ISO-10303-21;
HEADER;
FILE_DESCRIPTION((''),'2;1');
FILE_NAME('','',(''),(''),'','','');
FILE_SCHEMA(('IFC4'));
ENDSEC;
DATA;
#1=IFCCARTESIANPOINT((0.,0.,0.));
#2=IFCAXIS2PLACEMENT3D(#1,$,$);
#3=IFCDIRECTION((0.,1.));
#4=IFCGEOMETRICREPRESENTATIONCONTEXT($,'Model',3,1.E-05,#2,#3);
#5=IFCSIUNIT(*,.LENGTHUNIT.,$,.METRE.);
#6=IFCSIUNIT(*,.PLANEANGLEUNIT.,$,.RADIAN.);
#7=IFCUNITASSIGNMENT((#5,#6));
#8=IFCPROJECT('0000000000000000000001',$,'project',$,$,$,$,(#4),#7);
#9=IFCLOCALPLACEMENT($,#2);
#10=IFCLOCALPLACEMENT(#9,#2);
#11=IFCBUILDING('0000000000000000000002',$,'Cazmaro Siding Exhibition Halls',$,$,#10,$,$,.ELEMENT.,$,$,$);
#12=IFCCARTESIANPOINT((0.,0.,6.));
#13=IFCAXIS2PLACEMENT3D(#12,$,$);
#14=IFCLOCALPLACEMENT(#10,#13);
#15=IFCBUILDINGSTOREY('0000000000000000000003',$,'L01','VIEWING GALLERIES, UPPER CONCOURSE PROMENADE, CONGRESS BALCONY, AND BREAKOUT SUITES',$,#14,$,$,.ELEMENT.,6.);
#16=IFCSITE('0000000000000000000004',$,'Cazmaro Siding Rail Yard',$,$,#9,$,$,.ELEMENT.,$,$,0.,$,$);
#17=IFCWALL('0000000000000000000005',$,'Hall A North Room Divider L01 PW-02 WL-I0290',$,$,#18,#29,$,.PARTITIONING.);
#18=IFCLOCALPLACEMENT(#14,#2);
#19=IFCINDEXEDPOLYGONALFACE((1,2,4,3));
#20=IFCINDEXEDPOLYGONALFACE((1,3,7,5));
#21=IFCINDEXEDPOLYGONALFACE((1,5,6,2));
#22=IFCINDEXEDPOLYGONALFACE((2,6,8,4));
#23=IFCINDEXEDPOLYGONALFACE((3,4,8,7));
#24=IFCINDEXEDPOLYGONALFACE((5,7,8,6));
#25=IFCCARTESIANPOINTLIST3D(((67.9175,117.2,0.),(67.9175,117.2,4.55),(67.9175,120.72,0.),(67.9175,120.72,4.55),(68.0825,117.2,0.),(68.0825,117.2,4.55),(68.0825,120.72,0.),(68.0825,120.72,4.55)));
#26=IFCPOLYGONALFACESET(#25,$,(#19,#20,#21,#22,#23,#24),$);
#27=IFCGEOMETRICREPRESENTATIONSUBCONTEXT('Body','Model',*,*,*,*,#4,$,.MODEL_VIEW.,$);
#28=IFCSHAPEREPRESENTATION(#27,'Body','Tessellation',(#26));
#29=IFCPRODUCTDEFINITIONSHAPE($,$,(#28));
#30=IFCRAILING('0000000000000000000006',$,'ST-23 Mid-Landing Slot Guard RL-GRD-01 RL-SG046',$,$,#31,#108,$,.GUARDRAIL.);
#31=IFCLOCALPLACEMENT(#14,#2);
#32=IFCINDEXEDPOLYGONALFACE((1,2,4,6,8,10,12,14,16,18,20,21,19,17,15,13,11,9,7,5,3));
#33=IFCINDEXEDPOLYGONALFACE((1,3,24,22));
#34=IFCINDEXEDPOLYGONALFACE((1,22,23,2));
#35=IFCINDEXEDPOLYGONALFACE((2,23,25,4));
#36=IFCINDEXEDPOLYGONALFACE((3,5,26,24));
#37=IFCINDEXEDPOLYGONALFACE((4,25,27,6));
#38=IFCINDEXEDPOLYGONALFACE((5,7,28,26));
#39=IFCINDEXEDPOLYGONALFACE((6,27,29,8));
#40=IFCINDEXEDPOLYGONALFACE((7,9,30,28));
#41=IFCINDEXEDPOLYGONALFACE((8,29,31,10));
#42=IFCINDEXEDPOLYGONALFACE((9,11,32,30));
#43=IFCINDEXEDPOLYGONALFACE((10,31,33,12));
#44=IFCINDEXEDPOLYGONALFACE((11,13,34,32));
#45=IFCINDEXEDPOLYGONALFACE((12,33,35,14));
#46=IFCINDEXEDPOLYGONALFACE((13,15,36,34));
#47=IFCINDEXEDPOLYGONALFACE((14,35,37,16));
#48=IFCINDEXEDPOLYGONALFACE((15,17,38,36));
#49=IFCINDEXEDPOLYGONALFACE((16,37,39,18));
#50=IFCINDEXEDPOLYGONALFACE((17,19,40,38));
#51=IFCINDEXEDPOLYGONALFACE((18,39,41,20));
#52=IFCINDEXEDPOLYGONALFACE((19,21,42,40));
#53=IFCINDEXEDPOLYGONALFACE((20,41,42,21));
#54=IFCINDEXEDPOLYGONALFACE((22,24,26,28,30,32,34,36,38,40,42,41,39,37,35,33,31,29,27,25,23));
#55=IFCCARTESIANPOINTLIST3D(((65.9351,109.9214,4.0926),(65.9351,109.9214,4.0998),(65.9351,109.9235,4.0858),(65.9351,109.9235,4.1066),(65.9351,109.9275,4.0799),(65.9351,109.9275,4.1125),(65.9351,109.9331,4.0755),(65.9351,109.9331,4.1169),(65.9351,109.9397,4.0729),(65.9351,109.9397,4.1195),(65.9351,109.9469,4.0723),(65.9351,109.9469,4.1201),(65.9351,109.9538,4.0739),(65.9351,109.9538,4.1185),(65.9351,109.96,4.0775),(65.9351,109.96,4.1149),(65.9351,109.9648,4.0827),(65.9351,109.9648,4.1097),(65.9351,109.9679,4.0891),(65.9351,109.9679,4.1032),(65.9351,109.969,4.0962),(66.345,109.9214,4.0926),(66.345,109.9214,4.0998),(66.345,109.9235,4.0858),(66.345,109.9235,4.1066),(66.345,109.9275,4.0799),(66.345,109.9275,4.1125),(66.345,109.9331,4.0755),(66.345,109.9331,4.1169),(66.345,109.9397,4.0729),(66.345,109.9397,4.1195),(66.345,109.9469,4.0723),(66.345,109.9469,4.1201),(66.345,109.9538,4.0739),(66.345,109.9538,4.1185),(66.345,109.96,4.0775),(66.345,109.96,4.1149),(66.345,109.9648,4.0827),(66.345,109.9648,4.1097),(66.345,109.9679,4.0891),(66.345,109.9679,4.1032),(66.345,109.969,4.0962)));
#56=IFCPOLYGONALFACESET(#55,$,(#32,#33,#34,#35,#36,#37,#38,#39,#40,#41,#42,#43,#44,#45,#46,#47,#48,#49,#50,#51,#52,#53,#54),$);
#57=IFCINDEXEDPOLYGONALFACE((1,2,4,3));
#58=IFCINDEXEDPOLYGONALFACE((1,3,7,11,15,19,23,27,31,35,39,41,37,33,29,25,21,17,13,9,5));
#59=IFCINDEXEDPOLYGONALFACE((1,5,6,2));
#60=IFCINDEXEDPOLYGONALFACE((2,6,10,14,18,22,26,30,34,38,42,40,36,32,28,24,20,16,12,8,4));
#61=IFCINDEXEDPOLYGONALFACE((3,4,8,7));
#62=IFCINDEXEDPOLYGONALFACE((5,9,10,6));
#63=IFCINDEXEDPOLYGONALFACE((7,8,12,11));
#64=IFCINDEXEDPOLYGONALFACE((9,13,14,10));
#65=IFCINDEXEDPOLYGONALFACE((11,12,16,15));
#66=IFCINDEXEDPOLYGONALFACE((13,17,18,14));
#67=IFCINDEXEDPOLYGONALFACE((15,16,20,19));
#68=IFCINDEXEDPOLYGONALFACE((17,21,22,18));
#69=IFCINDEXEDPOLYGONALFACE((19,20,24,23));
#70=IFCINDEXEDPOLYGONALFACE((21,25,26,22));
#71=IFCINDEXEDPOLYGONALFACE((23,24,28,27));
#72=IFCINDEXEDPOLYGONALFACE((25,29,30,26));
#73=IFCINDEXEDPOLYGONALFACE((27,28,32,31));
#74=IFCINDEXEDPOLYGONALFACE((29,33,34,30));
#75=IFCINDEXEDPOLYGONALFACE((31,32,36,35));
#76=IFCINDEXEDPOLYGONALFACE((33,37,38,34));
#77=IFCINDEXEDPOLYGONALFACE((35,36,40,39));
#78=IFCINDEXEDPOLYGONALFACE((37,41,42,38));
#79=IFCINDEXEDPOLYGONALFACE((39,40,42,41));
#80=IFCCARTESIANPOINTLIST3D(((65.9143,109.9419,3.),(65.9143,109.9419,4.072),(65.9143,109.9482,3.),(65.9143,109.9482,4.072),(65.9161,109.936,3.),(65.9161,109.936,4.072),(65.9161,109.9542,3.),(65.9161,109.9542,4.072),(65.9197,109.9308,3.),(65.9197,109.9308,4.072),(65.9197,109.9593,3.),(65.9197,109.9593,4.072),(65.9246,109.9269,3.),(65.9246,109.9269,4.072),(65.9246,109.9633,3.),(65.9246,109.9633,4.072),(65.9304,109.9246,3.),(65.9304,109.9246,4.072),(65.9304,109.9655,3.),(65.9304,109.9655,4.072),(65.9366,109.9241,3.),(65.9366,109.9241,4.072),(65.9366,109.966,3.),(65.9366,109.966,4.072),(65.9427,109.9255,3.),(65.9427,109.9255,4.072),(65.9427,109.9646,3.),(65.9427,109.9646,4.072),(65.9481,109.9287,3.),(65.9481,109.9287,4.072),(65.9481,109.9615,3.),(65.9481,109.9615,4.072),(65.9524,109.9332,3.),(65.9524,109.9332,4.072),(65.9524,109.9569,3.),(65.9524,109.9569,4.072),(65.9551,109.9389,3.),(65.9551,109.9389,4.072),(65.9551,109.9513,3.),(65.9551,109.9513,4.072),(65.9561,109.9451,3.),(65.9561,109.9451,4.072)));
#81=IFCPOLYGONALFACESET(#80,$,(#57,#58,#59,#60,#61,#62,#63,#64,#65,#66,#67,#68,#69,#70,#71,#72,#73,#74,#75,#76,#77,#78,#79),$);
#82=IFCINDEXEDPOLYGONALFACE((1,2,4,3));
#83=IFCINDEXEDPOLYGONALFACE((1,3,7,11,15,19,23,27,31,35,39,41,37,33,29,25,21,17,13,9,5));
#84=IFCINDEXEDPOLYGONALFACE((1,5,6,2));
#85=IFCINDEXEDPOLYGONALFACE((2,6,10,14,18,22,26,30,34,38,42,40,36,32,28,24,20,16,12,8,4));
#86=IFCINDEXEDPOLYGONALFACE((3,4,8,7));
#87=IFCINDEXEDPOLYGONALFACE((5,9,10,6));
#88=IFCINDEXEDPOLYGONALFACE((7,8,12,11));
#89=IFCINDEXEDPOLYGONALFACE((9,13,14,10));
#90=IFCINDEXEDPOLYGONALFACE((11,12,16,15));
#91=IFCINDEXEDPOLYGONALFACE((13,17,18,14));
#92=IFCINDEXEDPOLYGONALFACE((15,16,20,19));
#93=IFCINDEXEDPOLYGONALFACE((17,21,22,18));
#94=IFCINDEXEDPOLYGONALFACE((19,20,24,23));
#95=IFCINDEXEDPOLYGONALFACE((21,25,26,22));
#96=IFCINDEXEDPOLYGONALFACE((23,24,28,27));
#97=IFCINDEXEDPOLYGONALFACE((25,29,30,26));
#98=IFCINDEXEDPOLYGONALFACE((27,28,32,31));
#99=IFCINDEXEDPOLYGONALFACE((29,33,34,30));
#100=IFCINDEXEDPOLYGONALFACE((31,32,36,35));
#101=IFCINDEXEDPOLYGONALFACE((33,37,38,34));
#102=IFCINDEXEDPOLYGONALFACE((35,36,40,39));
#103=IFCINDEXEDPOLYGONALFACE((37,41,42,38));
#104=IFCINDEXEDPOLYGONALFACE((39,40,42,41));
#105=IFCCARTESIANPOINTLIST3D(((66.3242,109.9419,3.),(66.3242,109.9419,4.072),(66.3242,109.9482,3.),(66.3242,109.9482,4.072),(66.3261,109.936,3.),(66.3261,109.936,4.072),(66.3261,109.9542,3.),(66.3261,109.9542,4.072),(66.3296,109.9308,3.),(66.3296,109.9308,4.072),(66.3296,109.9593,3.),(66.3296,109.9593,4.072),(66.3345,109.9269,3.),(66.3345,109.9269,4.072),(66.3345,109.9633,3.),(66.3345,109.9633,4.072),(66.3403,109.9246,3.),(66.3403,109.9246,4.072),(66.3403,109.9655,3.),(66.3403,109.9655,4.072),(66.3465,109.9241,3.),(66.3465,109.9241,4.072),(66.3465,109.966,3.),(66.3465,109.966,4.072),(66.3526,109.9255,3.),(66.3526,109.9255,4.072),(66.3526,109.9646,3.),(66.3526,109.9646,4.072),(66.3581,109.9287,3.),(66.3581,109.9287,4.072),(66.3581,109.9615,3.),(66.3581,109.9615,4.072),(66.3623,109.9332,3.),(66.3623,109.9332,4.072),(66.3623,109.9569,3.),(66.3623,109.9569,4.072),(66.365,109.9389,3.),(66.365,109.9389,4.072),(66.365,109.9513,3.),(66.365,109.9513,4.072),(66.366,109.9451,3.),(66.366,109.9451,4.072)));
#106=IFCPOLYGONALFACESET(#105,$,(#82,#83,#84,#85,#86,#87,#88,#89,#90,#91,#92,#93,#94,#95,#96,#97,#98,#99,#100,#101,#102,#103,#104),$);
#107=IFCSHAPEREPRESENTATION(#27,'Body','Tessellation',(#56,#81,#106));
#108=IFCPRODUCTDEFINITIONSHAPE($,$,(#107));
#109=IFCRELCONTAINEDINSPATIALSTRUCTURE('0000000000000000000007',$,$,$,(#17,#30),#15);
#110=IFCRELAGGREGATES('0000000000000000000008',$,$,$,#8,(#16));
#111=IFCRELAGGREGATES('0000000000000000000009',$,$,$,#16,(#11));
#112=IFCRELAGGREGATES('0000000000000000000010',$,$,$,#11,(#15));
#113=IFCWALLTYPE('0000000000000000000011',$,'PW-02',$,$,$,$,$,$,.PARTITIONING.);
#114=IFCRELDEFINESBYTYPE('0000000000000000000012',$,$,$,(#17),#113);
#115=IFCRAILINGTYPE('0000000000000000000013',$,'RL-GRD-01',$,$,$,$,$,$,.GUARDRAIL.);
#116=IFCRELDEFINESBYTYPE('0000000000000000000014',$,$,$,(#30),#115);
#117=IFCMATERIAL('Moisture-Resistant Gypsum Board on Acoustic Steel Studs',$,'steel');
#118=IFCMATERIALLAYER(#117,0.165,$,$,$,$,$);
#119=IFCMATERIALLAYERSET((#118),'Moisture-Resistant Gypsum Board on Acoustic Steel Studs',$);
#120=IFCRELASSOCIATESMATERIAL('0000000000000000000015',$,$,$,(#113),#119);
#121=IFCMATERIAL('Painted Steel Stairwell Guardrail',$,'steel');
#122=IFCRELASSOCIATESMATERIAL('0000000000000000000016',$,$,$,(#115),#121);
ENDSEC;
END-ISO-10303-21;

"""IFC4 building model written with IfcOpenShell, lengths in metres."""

from ifc_helpers import new_model, si_unit, direction, frame, frame_2d, origin, origin_2d, place, context, subcontext, project, spatial, rectangle, circle, extrude, material, layer, layer_set, type_object, element, save


model = new_model("IFC4")

# Units and contexts
model_context = context("Model", 3, precision=1e-05, world=origin(), true_north=direction((0.0, 1.0)))
body_context = subcontext(model_context, "Body", "Model", "MODEL_VIEW")
ifc_project = project(units=[si_unit("LENGTHUNIT", "METRE"), si_unit("PLANEANGLEUNIT", "RADIAN")], contexts=[model_context])

# Site, building, storey
site_placement = place(None, origin())
site = spatial("IfcSite", under=ifc_project, at=site_placement, Name="Cazmaro Siding Rail Yard", CompositionType="ELEMENT", RefElevation=0.0)
building_placement = place(site_placement, origin())
building = spatial("IfcBuilding", under=site, at=building_placement, Name="Cazmaro Siding Exhibition Halls", CompositionType="ELEMENT")
storey_placement = place(building_placement, frame((0.0, 0.0, 6.0)))
storey = spatial("IfcBuildingStorey", under=building, at=storey_placement, Name="L01", Description="VIEWING GALLERIES, UPPER CONCOURSE PROMENADE, CONGRESS BALCONY, AND BREAKOUT SUITES", CompositionType="ELEMENT", Elevation=6.0)

# Wall
ifc_material_1 = material(Name="Moisture-Resistant Gypsum Board on Acoustic Steel Studs", Category="steel")
ifc_layer_1 = layer(ifc_material_1, 0.165)
ifc_layer_set_1 = layer_set([ifc_layer_1], Name="Moisture-Resistant Gypsum Board on Acoustic Steel Studs")
wall_type_1 = type_object("IfcWallType", Name="PW-02", PredefinedType="PARTITIONING", material=ifc_layer_set_1)
wall_1_placement = place(storey_placement, frame((68.0, 117.2, 0.0), z_axis=(0.0, 0.0, 1.0), x_axis=(0.0, 1.0, 0.0)))
element("IfcWall", 1, at=wall_1_placement, inside=storey, type_object=wall_type_1, Name="Hall A North Room Divider L01 PW-02 WL-I0290", PredefinedType="PARTITIONING", context=body_context, shape_type="SweptSolid", body=[
    extrude(rectangle(XDim=3.52, YDim=0.165, at=frame_2d((1.76, 0.0))), origin(), (0.0, 0.0, 1.0), 4.55),
])

# Railing
ifc_material_2 = material(Name="Painted Steel Stairwell Guardrail", Category="steel")
railing_type = type_object("IfcRailingType", Name="RL-GRD-01", PredefinedType="GUARDRAIL", material=ifc_material_2)
railing_placement = place(storey_placement, frame((65.9351, 109.9451, 3.0)))
element("IfcRailing", 2, at=railing_placement, inside=storey, type_object=railing_type, Name="ST-23 Mid-Landing Slot Guard RL-GRD-01 RL-SG046", PredefinedType="GUARDRAIL", context=body_context, shape_type="SweptSolid", body=[
    extrude(circle(Radius=0.0239, at=origin_2d()), frame((0.0, 0.0, 1.0962), z_axis=(1.0, 0.0, 0.0), x_axis=(0.0, 1.0, 0.0)), (0.0, 0.0, 1.0), 0.4099),
    extrude(circle(Radius=0.021, at=origin_2d()), origin(), (0.0, 0.0, 1.0), 1.072),
    extrude(circle(Radius=0.021, at=origin_2d()), frame((0.4099, 0.0, 0.0)), (0.0, 0.0, 1.0), 1.072),
])

save(model, "model.ifc")
